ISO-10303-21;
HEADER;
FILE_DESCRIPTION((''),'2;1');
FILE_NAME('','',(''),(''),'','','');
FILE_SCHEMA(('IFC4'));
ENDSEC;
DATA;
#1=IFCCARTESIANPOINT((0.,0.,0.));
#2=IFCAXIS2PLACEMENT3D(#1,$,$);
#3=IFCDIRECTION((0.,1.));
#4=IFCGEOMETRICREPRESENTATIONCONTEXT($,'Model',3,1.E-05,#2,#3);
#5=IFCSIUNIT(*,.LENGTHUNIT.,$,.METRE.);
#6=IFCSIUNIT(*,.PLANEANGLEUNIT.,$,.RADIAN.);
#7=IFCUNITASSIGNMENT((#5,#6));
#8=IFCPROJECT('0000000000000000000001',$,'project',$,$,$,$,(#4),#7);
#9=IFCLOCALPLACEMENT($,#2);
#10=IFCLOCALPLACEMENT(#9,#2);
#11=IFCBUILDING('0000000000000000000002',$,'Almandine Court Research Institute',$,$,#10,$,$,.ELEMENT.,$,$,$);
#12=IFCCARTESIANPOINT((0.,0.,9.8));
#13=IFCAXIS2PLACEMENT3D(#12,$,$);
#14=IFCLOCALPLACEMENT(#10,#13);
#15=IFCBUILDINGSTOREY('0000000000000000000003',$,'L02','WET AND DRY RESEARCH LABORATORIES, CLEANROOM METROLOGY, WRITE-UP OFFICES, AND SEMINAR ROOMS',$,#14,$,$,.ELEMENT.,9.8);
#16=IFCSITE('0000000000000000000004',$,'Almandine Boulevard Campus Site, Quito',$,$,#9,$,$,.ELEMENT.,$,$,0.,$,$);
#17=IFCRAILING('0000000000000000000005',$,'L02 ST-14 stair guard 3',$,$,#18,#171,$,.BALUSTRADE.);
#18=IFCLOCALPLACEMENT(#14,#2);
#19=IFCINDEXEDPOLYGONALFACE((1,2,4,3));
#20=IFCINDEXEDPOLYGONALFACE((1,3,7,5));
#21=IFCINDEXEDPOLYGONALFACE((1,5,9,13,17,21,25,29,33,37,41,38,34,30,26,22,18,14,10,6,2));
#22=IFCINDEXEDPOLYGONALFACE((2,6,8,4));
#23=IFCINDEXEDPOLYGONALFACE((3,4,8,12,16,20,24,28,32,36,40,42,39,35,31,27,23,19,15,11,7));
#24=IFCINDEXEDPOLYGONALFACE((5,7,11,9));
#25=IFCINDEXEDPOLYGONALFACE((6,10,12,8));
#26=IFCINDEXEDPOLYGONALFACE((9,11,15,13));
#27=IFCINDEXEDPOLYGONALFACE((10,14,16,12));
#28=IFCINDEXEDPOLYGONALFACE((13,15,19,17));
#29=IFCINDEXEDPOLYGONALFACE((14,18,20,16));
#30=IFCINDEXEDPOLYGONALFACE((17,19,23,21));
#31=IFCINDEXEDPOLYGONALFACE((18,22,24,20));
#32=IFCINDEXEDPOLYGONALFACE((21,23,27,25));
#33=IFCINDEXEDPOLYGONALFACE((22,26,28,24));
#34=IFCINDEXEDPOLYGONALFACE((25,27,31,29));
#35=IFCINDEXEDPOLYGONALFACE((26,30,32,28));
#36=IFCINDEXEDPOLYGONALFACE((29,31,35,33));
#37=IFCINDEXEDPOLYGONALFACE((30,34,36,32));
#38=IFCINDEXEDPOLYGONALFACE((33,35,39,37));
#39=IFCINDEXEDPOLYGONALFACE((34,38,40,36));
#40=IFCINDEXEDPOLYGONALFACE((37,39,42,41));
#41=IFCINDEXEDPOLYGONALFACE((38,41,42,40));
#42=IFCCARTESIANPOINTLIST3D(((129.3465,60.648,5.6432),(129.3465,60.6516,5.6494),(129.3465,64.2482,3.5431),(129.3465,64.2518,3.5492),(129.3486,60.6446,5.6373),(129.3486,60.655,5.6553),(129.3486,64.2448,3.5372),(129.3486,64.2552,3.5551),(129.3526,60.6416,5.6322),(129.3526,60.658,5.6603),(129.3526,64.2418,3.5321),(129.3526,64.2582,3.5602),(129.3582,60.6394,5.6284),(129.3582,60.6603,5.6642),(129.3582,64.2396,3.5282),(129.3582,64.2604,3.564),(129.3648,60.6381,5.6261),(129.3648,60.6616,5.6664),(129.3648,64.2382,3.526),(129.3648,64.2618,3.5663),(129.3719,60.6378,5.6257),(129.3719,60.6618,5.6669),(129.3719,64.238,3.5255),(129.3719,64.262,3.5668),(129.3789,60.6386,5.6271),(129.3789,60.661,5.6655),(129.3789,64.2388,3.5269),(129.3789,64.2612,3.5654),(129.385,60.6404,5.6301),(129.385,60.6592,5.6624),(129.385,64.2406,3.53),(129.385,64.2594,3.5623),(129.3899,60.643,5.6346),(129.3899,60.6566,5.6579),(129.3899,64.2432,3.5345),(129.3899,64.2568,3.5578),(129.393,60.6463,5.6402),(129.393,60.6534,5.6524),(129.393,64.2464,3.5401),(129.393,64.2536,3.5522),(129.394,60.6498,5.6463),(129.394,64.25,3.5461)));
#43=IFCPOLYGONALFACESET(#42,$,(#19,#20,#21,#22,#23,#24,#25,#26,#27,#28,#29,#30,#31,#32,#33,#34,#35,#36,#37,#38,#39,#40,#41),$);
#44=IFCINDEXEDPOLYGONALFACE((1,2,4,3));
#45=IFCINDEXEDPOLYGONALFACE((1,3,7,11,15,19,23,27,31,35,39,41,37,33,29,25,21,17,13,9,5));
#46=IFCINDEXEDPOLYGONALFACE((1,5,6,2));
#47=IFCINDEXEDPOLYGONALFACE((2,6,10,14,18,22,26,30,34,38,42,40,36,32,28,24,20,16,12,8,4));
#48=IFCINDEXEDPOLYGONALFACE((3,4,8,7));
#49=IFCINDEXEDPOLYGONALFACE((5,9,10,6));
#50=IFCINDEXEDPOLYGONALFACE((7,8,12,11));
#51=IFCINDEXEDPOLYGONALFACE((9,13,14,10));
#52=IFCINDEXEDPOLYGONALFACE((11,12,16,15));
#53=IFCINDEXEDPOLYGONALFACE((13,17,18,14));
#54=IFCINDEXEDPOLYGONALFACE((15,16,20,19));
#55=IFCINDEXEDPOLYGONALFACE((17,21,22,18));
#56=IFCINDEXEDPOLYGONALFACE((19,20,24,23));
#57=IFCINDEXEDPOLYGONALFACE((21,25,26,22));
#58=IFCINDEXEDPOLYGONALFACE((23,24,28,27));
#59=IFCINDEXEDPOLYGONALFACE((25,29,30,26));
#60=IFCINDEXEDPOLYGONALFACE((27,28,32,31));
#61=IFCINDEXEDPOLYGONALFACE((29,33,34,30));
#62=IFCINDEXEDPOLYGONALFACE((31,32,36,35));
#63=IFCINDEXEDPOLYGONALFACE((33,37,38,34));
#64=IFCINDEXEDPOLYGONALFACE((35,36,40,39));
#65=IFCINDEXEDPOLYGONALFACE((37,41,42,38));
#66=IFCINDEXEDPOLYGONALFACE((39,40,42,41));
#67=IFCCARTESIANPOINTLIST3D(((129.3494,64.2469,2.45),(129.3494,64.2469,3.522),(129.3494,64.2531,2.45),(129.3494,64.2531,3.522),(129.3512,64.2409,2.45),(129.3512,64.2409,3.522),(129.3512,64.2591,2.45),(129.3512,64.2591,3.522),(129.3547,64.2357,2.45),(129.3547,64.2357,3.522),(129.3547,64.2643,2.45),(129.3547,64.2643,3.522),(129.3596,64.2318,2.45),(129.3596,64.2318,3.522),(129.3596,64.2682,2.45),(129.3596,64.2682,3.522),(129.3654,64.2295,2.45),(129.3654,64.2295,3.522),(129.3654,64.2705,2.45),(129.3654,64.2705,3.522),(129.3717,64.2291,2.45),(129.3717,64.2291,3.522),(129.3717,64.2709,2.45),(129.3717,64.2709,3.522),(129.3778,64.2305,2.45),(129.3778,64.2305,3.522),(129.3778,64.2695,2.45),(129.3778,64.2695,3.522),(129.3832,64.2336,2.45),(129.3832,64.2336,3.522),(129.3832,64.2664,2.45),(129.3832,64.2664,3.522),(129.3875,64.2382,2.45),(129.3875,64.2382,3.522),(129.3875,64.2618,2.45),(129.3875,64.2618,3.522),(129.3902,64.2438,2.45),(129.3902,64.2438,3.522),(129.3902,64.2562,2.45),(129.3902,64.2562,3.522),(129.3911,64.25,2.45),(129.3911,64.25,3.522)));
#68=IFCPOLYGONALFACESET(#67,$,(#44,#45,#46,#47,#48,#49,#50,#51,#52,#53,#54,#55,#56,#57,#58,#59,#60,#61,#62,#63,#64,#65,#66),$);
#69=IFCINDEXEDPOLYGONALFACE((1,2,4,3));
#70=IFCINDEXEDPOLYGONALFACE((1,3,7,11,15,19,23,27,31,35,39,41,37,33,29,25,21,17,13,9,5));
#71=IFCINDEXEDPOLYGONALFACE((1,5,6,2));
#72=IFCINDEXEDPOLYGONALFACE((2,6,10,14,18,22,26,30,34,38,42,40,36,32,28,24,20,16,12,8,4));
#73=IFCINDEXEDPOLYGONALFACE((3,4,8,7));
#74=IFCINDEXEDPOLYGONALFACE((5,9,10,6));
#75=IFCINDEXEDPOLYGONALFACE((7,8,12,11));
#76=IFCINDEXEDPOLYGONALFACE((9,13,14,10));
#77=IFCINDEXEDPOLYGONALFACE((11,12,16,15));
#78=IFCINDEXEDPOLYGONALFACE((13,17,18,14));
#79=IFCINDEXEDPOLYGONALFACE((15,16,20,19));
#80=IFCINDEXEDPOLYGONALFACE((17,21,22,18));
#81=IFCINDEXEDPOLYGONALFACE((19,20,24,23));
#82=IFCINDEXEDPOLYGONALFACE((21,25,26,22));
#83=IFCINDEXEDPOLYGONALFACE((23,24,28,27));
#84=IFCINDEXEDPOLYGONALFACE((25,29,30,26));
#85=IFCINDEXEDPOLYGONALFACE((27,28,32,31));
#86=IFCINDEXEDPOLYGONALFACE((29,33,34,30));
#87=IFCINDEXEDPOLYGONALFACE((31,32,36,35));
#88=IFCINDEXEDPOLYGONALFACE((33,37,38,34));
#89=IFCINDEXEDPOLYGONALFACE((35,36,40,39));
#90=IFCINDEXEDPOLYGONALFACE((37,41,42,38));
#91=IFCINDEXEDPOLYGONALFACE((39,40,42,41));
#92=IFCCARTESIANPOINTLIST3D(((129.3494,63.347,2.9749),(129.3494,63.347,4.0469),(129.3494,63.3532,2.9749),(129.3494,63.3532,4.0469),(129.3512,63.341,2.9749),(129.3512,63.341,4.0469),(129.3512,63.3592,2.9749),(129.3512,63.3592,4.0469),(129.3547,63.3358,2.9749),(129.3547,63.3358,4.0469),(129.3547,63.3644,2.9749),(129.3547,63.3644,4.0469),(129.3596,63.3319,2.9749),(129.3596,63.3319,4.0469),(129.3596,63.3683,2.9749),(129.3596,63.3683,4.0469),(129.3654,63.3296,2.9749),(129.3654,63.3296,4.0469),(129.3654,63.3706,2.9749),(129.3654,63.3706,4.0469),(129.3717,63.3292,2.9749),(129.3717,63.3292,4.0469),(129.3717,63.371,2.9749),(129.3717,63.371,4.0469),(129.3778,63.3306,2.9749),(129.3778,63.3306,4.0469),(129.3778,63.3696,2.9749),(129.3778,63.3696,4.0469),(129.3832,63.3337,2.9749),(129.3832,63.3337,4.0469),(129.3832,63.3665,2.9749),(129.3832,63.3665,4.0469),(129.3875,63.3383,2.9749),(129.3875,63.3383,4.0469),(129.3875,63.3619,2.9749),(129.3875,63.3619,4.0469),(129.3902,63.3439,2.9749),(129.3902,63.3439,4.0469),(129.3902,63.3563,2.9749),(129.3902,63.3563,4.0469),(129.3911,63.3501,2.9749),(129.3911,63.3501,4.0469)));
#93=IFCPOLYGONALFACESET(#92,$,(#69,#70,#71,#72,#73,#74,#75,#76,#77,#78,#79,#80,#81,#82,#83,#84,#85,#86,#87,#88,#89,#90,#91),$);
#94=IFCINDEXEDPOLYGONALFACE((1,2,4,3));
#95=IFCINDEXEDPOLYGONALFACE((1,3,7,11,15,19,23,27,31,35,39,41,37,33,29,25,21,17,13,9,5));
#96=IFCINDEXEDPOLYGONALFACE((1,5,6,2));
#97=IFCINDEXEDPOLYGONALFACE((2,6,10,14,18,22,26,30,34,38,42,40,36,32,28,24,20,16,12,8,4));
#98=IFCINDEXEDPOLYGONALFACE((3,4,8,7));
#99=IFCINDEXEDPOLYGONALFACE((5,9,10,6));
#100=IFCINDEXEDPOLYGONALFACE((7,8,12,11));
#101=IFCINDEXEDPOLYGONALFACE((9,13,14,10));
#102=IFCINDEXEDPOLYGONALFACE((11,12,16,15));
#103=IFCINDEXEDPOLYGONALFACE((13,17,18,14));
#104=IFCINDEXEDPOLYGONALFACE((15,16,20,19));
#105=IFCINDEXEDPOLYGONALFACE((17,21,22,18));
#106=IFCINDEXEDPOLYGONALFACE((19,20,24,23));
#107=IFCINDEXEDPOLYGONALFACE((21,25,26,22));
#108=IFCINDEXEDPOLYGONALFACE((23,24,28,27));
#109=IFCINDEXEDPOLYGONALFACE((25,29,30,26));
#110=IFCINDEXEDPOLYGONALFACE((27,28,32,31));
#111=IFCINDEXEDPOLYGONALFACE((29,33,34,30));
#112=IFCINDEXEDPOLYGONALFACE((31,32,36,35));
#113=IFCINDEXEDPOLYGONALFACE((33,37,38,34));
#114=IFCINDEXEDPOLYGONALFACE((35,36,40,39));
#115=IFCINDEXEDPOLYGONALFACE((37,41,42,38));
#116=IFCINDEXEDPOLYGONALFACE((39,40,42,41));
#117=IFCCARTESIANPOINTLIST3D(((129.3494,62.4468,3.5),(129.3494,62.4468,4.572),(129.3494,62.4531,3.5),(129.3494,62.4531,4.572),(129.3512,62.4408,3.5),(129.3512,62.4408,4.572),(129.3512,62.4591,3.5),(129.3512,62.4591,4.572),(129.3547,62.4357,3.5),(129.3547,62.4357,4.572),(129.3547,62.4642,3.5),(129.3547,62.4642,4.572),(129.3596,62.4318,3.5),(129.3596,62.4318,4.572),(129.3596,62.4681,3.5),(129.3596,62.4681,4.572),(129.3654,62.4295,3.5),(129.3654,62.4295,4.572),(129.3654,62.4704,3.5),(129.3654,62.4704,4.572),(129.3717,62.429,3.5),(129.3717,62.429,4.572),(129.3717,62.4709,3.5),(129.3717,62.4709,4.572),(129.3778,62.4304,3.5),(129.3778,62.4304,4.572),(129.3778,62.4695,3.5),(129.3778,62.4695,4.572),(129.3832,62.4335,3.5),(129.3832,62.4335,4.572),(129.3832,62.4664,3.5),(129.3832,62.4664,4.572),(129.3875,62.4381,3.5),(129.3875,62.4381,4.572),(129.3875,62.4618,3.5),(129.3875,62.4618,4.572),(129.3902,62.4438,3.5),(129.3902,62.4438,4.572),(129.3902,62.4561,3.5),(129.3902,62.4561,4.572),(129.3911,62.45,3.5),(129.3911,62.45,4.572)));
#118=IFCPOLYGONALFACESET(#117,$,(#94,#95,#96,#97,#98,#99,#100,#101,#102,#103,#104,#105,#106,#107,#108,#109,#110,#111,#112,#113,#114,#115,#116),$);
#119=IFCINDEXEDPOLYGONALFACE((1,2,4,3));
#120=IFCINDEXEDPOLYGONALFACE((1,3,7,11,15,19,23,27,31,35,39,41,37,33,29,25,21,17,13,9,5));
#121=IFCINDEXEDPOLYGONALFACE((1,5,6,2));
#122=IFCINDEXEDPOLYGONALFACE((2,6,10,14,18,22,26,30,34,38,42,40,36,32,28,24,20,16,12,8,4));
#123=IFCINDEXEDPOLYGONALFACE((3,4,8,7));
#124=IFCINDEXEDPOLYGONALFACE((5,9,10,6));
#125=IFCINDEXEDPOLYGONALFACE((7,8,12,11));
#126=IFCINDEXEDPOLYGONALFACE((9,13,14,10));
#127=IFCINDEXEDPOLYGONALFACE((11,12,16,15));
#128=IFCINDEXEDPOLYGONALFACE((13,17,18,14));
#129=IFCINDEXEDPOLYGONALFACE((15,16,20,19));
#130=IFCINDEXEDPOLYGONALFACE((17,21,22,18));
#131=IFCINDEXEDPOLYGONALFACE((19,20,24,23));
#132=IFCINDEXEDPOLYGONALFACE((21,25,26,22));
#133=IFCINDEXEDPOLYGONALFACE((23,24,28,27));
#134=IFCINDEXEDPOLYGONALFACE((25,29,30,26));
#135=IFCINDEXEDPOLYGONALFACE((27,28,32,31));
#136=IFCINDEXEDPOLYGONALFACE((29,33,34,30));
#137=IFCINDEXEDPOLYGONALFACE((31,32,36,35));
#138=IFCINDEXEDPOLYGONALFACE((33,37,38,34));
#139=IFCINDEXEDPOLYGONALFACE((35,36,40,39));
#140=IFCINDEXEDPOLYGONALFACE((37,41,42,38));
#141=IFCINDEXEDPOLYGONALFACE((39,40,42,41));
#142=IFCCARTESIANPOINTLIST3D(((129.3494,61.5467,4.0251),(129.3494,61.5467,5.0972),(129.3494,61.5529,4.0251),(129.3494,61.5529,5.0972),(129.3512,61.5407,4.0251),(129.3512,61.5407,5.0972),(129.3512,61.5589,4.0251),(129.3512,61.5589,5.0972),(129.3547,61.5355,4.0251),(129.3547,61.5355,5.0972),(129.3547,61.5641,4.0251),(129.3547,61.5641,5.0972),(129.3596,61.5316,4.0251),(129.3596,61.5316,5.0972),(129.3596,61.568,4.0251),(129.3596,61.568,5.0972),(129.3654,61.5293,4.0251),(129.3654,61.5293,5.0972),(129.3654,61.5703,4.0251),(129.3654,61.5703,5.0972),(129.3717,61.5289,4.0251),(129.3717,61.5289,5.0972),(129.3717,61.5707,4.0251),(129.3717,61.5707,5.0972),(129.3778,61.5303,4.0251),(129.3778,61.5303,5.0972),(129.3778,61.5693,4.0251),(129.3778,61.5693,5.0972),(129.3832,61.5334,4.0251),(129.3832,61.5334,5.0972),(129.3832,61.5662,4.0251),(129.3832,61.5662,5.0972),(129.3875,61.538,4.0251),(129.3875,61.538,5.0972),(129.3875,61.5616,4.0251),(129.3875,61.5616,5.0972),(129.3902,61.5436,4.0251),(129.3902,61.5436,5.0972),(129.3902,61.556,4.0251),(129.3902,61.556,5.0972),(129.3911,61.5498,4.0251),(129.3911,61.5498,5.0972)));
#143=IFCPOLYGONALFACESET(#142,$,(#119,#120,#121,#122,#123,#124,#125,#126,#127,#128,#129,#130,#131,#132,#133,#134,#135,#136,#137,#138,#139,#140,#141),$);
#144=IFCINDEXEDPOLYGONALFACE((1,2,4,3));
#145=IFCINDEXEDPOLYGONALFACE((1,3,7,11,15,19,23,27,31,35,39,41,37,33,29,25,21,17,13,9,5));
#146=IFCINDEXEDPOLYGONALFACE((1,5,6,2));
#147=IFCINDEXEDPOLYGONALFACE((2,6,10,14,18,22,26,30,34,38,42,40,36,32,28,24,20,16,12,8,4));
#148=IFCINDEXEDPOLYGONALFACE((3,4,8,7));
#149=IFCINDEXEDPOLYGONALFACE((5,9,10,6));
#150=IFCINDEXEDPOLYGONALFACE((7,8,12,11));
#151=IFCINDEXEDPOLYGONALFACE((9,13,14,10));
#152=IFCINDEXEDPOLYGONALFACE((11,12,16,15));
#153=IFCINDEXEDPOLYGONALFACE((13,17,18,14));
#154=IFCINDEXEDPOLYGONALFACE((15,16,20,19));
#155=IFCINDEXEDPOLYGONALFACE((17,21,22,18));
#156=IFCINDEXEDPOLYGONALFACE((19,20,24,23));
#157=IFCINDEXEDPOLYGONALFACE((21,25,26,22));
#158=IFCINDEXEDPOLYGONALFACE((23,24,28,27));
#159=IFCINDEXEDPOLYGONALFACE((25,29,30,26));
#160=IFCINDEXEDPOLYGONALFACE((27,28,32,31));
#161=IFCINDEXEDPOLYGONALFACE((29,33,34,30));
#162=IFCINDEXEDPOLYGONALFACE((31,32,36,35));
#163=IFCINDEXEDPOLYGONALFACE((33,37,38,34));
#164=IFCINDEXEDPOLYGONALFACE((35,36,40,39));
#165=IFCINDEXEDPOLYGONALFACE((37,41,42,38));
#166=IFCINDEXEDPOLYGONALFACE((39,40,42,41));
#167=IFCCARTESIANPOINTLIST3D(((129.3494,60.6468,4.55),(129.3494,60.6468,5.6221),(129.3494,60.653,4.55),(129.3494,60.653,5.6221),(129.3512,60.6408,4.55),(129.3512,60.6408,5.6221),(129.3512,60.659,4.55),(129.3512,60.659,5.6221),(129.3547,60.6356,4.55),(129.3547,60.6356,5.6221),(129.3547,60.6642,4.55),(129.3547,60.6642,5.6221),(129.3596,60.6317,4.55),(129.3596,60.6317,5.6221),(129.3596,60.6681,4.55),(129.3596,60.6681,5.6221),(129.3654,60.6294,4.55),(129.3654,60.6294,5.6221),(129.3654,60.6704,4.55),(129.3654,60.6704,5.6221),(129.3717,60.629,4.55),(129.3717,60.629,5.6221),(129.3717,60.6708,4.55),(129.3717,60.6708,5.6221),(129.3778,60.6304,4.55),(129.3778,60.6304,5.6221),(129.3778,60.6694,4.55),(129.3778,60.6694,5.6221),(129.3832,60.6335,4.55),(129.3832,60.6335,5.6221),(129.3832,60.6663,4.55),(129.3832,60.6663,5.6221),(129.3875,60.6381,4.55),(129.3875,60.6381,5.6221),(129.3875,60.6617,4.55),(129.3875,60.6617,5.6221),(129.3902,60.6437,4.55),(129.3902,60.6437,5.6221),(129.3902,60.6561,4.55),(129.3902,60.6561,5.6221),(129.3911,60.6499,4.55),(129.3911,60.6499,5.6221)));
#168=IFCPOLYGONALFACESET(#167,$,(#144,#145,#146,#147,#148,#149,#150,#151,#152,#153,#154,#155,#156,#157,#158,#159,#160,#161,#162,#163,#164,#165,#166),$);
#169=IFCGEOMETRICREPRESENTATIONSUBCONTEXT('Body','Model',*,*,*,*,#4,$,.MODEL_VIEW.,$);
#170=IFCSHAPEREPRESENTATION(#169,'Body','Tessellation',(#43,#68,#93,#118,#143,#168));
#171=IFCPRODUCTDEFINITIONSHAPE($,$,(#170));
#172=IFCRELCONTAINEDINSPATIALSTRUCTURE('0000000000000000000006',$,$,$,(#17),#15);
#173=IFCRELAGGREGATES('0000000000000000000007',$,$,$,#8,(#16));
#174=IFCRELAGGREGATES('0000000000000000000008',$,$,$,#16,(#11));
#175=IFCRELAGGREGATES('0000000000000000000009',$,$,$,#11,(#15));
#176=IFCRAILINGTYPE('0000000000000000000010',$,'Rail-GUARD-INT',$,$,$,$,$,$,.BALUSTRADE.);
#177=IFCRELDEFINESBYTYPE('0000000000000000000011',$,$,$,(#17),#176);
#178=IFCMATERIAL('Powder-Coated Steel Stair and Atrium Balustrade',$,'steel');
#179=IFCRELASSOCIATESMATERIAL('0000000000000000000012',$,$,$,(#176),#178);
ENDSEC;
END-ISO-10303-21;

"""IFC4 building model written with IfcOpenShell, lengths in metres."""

from ifc_helpers import new_model, si_unit, direction, frame, origin, origin_2d, place, context, subcontext, project, spatial, circle, extrude, material, type_object, element, save


model = new_model("IFC4")

# Units and contexts
model_context = context("Model", 3, precision=1e-05, world=origin(), true_north=direction((0.0, 1.0)))
body_context = subcontext(model_context, "Body", "Model", "MODEL_VIEW")
ifc_project = project(units=[si_unit("LENGTHUNIT", "METRE"), si_unit("PLANEANGLEUNIT", "RADIAN")], contexts=[model_context])

# Site, building, storey
site_placement = place(None, origin())
site = spatial("IfcSite", under=ifc_project, at=site_placement, Name="Almandine Boulevard Campus Site, Quito", CompositionType="ELEMENT", RefElevation=0.0)
building_placement = place(site_placement, origin())
building = spatial("IfcBuilding", under=site, at=building_placement, Name="Almandine Court Research Institute", CompositionType="ELEMENT")
storey_placement = place(building_placement, frame((0.0, 0.0, 9.8)))
storey = spatial("IfcBuildingStorey", under=building, at=storey_placement, Name="L02", Description="WET AND DRY RESEARCH LABORATORIES, CLEANROOM METROLOGY, WRITE-UP OFFICES, AND SEMINAR ROOMS", CompositionType="ELEMENT", Elevation=9.8)

# Railing
ifc_material_1 = material(Name="Powder-Coated Steel Stair and Atrium Balustrade", Category="steel")
railing_type_1 = type_object("IfcRailingType", Name="Rail-GUARD-INT", PredefinedType="BALUSTRADE", material=ifc_material_1)
railing_1_placement = place(storey_placement, frame((129.3701, 64.25, 2.45)))
element("IfcRailing", 1, at=railing_1_placement, inside=storey, type_object=railing_type_1, Name="L02 ST-14 stair guard 3", PredefinedType="BALUSTRADE", context=body_context, shape_type="SweptSolid", body=[
    extrude(circle(Radius=0.0239, at=origin_2d()), frame((0.0, 0.0, 1.0962), z_axis=(0.0, -0.863775, 0.503878), x_axis=(1.0, 0.0, 0.0)), (0.0, 0.0, 1.0), 4.168),
    extrude(circle(Radius=0.021, at=origin_2d()), origin(), (0.0, 0.0, 1.0), 1.072),
    extrude(circle(Radius=0.021, at=origin_2d()), frame((0.0, -0.8999, 0.5249)), (0.0, 0.0, 1.0), 1.072),
    extrude(circle(Radius=0.021, at=origin_2d()), frame((0.0, -1.8, 1.05)), (0.0, 0.0, 1.0), 1.072),
    extrude(circle(Radius=0.021, at=origin_2d()), frame((0.0, -2.7002, 1.5752)), (0.0, 0.0, 1.0), 1.072),
    extrude(circle(Radius=0.021, at=origin_2d()), frame((0.0, -3.6001, 2.1001)), (0.0, 0.0, 1.0), 1.072),
])

save(model, "model.ifc")
